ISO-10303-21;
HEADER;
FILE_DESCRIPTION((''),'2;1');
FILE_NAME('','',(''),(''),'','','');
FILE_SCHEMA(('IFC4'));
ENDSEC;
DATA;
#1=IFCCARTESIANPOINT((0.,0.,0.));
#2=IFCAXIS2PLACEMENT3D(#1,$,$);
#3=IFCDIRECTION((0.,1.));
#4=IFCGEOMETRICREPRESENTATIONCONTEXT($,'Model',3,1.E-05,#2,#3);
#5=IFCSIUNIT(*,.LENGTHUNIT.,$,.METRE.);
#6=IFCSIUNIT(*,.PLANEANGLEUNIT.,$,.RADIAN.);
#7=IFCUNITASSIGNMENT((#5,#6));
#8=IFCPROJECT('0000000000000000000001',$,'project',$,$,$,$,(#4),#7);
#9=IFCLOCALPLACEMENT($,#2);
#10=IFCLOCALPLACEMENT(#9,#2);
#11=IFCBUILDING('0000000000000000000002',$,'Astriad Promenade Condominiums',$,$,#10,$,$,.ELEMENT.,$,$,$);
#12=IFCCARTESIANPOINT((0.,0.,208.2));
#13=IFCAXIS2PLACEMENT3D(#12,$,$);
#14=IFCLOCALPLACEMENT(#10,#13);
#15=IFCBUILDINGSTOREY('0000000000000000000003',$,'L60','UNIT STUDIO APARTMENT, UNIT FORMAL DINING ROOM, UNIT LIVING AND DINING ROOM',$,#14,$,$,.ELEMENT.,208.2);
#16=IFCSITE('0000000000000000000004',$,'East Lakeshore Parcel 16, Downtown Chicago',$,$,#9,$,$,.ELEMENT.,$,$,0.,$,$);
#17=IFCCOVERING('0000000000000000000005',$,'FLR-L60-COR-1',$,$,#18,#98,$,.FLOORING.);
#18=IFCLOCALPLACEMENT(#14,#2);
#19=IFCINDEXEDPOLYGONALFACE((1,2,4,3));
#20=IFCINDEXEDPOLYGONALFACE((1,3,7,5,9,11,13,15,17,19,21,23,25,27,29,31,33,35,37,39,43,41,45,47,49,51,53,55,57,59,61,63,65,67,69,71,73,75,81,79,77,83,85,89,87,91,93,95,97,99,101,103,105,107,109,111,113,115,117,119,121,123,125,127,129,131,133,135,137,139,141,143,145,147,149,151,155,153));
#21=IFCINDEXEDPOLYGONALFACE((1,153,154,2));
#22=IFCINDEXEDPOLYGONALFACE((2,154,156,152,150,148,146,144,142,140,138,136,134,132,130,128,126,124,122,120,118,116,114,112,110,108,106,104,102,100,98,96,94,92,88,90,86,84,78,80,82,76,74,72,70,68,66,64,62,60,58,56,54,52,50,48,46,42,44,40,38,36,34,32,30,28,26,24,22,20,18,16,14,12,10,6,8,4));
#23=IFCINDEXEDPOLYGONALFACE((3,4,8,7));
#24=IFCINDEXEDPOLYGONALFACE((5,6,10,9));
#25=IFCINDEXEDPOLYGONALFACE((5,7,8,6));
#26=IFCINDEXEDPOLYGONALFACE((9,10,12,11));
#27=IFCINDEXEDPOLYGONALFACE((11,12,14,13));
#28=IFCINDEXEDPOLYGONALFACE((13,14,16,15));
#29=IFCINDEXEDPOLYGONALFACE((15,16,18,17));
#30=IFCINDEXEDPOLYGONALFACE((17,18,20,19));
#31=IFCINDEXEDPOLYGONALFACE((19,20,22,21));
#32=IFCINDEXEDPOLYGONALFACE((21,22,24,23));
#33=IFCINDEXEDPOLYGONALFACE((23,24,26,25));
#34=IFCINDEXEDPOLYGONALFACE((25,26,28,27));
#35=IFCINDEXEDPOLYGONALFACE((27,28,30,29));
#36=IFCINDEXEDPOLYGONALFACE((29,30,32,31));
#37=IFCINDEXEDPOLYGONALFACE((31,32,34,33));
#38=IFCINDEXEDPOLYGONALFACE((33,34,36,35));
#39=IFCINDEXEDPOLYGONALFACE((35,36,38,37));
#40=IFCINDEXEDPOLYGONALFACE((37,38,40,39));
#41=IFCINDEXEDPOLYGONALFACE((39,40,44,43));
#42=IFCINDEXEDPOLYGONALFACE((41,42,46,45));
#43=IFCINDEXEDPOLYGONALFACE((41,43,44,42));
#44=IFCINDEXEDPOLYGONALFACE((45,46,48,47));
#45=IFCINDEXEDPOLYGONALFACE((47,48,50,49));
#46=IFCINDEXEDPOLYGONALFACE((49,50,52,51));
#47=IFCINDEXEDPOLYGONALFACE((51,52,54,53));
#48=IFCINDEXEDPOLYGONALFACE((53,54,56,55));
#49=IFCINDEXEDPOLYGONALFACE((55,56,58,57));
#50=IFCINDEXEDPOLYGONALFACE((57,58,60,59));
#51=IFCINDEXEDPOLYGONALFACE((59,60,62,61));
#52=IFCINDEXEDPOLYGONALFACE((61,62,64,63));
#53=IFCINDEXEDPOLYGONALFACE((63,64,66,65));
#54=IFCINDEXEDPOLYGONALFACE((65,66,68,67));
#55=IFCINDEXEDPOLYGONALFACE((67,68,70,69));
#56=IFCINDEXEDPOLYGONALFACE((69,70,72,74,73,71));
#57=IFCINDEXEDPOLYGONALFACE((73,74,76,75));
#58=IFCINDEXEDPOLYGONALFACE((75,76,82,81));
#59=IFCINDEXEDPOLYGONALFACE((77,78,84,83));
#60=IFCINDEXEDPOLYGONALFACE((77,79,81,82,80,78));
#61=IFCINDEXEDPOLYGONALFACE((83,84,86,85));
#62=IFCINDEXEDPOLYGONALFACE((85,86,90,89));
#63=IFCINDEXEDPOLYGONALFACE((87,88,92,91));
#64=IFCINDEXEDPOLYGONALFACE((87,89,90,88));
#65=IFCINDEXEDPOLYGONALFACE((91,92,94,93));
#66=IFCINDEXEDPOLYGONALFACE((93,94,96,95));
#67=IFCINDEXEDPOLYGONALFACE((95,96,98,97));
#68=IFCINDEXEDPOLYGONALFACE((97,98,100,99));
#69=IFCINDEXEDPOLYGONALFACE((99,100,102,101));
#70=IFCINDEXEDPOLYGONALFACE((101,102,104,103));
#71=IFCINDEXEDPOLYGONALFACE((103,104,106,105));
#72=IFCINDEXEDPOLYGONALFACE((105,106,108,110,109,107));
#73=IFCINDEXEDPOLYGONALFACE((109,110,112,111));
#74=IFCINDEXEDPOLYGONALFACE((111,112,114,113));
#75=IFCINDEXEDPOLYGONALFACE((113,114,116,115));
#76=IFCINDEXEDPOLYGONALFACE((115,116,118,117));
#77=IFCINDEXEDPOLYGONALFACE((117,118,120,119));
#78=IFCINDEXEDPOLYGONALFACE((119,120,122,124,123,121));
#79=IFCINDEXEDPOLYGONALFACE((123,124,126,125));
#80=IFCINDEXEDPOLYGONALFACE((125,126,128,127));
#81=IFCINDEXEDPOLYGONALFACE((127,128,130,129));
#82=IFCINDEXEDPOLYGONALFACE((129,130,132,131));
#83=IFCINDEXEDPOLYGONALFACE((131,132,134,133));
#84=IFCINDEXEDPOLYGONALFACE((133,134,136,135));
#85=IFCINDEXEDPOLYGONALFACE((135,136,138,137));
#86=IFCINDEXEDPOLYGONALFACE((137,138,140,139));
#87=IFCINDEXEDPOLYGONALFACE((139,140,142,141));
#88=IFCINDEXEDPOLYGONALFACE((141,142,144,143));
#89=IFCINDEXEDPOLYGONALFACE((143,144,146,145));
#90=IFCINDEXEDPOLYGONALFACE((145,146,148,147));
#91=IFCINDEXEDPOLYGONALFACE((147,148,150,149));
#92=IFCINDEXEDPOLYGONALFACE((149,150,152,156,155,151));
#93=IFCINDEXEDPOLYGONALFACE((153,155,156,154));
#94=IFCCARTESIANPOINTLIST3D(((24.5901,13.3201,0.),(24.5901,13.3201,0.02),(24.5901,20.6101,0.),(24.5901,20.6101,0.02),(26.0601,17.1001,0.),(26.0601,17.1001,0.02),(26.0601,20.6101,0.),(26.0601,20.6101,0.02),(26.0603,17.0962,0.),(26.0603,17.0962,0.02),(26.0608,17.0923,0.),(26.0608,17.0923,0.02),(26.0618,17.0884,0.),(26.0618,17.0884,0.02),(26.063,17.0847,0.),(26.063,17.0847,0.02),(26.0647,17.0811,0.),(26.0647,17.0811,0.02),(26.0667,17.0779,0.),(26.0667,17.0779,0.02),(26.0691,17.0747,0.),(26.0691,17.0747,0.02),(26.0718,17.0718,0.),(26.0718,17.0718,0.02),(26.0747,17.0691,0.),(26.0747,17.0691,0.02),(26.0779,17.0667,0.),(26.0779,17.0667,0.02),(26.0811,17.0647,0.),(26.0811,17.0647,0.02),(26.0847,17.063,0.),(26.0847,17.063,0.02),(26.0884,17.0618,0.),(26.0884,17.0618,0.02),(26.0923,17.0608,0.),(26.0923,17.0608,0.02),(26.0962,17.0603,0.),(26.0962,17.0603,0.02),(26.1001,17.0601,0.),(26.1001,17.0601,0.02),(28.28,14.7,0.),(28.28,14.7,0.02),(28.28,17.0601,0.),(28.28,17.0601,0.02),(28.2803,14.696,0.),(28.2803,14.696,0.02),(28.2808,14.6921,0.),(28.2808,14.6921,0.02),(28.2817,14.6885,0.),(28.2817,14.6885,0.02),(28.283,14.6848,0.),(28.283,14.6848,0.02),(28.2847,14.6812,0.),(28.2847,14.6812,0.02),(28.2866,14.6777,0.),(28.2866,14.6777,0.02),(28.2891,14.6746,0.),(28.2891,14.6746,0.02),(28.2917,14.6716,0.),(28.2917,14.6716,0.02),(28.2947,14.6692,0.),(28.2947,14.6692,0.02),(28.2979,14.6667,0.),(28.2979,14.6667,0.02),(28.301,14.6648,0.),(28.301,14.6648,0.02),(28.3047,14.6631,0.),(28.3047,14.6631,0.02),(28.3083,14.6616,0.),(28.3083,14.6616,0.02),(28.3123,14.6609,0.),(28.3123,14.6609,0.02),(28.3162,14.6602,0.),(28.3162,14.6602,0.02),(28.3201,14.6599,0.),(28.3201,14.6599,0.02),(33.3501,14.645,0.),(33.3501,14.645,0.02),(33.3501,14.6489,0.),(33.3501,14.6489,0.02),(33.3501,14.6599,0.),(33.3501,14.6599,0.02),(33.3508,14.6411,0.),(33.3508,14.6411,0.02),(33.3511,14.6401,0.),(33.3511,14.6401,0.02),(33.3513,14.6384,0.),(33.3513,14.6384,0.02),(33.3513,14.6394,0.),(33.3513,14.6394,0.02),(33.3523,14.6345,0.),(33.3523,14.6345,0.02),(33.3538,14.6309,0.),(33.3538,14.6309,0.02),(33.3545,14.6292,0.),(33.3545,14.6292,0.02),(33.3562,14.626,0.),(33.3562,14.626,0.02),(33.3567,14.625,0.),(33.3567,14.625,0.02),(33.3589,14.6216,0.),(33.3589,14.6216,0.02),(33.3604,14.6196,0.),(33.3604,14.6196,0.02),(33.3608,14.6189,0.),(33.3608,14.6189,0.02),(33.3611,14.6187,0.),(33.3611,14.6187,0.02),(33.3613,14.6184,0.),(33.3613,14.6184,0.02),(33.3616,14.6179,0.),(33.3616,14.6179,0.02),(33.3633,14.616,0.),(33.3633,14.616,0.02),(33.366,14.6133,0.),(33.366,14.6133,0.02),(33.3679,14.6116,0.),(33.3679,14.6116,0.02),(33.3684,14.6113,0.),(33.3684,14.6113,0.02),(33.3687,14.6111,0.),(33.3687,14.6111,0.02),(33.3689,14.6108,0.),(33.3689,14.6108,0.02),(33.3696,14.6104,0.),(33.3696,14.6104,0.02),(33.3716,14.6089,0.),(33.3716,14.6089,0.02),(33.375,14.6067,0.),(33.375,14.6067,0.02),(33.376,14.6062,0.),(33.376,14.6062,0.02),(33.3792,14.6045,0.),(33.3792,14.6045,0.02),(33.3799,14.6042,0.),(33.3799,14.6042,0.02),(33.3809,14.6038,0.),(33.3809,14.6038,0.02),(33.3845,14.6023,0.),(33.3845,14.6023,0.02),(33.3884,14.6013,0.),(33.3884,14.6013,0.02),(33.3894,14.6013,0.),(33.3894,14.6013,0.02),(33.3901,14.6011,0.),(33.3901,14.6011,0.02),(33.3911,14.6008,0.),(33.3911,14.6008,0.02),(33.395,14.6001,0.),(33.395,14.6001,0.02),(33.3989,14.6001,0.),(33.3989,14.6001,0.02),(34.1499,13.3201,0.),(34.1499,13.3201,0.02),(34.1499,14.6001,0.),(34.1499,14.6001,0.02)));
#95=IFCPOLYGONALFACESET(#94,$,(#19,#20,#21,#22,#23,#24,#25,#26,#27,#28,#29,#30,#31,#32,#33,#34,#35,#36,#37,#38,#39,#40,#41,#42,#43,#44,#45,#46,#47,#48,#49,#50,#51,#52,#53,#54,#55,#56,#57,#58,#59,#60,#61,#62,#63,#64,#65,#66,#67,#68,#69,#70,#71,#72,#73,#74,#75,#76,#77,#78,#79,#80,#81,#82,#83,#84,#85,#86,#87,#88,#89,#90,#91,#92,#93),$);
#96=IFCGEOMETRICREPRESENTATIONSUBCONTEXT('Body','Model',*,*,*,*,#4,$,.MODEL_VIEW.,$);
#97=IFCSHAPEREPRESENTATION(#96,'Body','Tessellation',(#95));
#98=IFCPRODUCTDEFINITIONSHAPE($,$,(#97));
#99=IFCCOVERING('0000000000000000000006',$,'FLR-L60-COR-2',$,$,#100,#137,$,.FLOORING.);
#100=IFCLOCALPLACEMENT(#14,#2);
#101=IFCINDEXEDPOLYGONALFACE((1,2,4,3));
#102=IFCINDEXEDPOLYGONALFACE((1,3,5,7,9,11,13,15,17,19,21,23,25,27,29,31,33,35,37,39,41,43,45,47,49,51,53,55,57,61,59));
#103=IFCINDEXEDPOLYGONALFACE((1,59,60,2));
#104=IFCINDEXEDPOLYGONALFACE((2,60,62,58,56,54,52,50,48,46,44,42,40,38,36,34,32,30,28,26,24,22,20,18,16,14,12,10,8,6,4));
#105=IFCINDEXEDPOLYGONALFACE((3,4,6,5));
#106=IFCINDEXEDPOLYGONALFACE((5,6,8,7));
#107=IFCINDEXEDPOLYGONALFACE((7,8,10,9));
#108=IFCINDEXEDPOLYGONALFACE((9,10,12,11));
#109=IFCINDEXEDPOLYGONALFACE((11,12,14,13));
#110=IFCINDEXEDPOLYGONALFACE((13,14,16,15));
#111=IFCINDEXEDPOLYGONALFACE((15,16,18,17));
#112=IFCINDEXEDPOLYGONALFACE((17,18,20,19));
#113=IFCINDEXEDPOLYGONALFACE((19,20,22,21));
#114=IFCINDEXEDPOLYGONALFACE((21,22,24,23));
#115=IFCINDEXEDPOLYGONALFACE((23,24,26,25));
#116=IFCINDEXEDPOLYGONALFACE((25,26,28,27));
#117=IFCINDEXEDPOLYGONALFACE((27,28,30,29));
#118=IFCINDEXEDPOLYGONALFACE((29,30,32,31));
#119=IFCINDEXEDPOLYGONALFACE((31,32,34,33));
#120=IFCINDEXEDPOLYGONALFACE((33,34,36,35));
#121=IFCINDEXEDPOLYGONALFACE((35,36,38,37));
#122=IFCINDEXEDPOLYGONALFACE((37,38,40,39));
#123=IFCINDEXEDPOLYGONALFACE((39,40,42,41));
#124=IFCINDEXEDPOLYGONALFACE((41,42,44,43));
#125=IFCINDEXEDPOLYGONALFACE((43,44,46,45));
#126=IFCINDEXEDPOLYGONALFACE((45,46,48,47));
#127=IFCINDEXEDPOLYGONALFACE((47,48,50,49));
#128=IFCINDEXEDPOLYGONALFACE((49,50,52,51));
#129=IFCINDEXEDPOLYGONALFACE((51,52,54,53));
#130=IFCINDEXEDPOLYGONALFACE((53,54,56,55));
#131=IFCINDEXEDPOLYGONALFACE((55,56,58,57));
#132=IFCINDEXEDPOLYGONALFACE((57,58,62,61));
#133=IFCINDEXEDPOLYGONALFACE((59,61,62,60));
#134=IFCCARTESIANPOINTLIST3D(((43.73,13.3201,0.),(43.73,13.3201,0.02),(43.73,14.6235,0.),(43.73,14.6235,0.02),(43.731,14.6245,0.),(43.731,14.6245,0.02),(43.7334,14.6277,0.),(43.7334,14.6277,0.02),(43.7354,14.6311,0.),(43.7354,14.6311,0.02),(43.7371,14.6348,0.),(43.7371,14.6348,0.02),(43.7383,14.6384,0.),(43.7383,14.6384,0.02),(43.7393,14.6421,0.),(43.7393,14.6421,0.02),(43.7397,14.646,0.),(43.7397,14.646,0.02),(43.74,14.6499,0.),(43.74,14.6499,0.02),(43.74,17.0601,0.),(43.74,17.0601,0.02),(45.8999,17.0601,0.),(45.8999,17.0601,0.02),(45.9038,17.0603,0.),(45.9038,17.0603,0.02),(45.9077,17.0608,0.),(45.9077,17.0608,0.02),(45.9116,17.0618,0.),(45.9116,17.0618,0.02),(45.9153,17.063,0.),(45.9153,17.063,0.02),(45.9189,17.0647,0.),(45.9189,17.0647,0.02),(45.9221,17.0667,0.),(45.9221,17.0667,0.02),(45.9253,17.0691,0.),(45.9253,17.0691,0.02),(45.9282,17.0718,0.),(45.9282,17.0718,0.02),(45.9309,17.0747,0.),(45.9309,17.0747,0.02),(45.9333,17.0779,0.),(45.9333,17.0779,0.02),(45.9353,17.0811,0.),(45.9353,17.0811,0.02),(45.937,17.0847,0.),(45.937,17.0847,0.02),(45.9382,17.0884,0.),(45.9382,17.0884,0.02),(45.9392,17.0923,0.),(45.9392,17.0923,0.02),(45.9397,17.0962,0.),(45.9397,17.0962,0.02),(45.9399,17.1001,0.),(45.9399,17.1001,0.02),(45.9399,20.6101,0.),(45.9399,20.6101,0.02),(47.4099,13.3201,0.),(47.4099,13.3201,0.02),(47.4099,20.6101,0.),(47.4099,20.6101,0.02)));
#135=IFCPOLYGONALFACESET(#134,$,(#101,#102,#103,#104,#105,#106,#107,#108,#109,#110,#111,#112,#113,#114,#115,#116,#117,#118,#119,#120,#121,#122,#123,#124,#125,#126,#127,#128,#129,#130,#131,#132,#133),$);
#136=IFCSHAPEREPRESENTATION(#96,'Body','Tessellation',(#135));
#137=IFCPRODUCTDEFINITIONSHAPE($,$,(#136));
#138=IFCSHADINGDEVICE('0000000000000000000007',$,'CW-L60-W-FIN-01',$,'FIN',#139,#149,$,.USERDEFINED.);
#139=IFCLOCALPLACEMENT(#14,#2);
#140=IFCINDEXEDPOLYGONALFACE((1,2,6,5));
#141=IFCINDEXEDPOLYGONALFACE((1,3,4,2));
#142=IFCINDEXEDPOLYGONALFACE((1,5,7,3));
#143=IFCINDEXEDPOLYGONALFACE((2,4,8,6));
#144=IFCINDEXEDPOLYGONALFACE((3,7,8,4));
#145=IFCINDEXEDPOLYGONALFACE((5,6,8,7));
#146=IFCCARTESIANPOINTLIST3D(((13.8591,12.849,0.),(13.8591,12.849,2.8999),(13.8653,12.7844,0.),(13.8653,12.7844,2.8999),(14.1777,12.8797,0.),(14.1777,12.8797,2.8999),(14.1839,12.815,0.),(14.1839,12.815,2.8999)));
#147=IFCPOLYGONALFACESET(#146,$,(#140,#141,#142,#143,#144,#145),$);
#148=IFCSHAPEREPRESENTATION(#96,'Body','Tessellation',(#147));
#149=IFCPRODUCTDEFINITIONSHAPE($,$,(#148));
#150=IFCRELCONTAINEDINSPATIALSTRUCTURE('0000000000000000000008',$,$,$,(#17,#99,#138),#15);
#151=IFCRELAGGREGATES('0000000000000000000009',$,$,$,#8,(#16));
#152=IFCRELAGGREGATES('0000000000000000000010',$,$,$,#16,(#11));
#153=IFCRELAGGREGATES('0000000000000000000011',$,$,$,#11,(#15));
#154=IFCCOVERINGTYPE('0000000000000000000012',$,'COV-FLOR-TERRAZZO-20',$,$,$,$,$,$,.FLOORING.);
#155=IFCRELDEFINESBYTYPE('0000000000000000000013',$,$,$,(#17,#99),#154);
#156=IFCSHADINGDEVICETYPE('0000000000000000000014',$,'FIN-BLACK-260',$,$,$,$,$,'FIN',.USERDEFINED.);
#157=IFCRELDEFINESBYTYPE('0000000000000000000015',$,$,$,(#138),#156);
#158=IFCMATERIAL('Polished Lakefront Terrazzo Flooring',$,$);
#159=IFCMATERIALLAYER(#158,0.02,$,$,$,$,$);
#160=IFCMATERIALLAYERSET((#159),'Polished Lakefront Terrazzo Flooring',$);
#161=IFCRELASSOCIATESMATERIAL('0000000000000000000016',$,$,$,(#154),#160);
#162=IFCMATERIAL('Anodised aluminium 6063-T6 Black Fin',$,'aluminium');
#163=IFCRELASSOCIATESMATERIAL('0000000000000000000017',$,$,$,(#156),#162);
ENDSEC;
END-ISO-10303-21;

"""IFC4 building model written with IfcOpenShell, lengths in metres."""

from ifc_helpers import new_model, si_unit, direction, frame, origin, origin_2d, place, context, subcontext, project, spatial, polyline, rectangle, outline, extrude, source, transform, mapped, material, layer, layer_set, type_object, type_shapes, element, save


model = new_model("IFC4")

# Units and contexts
model_context = context("Model", 3, precision=1e-05, world=origin(), true_north=direction((0.0, 1.0)))
body_context = subcontext(model_context, "Body", "Model", "MODEL_VIEW")
ifc_project = project(units=[si_unit("LENGTHUNIT", "METRE"), si_unit("PLANEANGLEUNIT", "RADIAN")], contexts=[model_context])

# Site, building, storey
site_placement = place(None, origin())
site = spatial("IfcSite", under=ifc_project, at=site_placement, Name="East Lakeshore Parcel 16, Downtown Chicago", CompositionType="ELEMENT", RefElevation=0.0)
building_placement = place(site_placement, origin())
building = spatial("IfcBuilding", under=site, at=building_placement, Name="Astriad Promenade Condominiums", CompositionType="ELEMENT")
storey_placement = place(building_placement, frame((0.0, 0.0, 208.2)))
storey = spatial("IfcBuildingStorey", under=building, at=storey_placement, Name="L60", Description="UNIT STUDIO APARTMENT, UNIT FORMAL DINING ROOM, UNIT LIVING AND DINING ROOM", CompositionType="ELEMENT", Elevation=208.2)

# Coverings
ifc_material_1 = material(Name="Polished Lakefront Terrazzo Flooring")
ifc_layer_1 = layer(ifc_material_1, 0.02)
ifc_layer_set_1 = layer_set([ifc_layer_1], Name="Polished Lakefront Terrazzo Flooring")
covering_type = type_object("IfcCoveringType", Name="COV-FLOR-TERRAZZO-20", PredefinedType="FLOORING", material=ifc_layer_set_1)
covering_1_placement = place(storey_placement, origin())
element("IfcCovering", 1, at=covering_1_placement, inside=storey, type_object=covering_type, Name="FLR-L60-COR-1", PredefinedType="FLOORING", context=body_context, shape_type="SweptSolid", body=[
    extrude(outline(polyline([(24.5901, 20.6101), (26.0601, 20.6101), (26.0601, 17.1001), (26.0603, 17.0962), (26.0608, 17.0923), (26.0618, 17.0884), (26.063, 17.0847), (26.0647, 17.0811), (26.0667, 17.0779), (26.0691, 17.0747), (26.0718, 17.0718), (26.0747, 17.0691), (26.0779, 17.0667), (26.0811, 17.0647), (26.0847, 17.063), (26.0884, 17.0618), (26.0923, 17.0608), (26.0962, 17.0603), (26.1001, 17.0601), (28.28, 17.0601), (28.28, 14.7), (28.2803, 14.696), (28.2808, 14.6921), (28.2817, 14.6885), (28.283, 14.6848), (28.2847, 14.6812), (28.2866, 14.6777), (28.2891, 14.6746), (28.2917, 14.6716), (28.2947, 14.6692), (28.2979, 14.6667), (28.301, 14.6648), (28.3047, 14.6631), (28.3083, 14.6616), (28.3123, 14.6609), (28.3162, 14.6602), (28.3201, 14.6599), (33.3501, 14.6599), (33.3501, 14.6489), (33.3501, 14.645), (33.3508, 14.6411), (33.3511, 14.6401), (33.3513, 14.6394), (33.3513, 14.6384), (33.3523, 14.6345), (33.3538, 14.6309), (33.3545, 14.6292), (33.3562, 14.626), (33.3567, 14.625), (33.3589, 14.6216), (33.3604, 14.6196), (33.3608, 14.6189), (33.3611, 14.6187), (33.3613, 14.6184), (33.3616, 14.6179), (33.3633, 14.616), (33.366, 14.6133), (33.3679, 14.6116), (33.3684, 14.6113), (33.3687, 14.6111), (33.3689, 14.6108), (33.3696, 14.6104), (33.3716, 14.6089), (33.375, 14.6067), (33.376, 14.6062), (33.3792, 14.6045), (33.3799, 14.6042), (33.3809, 14.6038), (33.3845, 14.6023), (33.3884, 14.6013), (33.3894, 14.6013), (33.3901, 14.6011), (33.3911, 14.6008), (33.395, 14.6001), (33.3989, 14.6001), (34.1499, 14.6001), (34.1499, 13.3201), (24.5901, 13.3201), (24.5901, 20.6101)])), origin(), (0.0, 0.0, 1.0), 0.02),
])
covering_2_placement = place(storey_placement, origin())
element("IfcCovering", 2, at=covering_2_placement, inside=storey, type_object=covering_type, Name="FLR-L60-COR-2", PredefinedType="FLOORING", context=body_context, shape_type="SweptSolid", body=[
    extrude(outline(polyline([(43.73, 14.6235), (43.731, 14.6245), (43.7334, 14.6277), (43.7354, 14.6311), (43.7371, 14.6348), (43.7383, 14.6384), (43.7393, 14.6421), (43.7397, 14.646), (43.74, 14.6499), (43.74, 17.0601), (45.8999, 17.0601), (45.9038, 17.0603), (45.9077, 17.0608), (45.9116, 17.0618), (45.9153, 17.063), (45.9189, 17.0647), (45.9221, 17.0667), (45.9253, 17.0691), (45.9282, 17.0718), (45.9309, 17.0747), (45.9333, 17.0779), (45.9353, 17.0811), (45.937, 17.0847), (45.9382, 17.0884), (45.9392, 17.0923), (45.9397, 17.0962), (45.9399, 17.1001), (45.9399, 20.6101), (47.4099, 20.6101), (47.4099, 13.3201), (43.73, 13.3201), (43.73, 14.6235)])), origin(), (0.0, 0.0, 1.0), 0.02),
])

# Shading device
ifc_material_2 = material(Name="Anodised aluminium 6063-T6 Black Fin", Category="aluminium")
shading_device_type = type_object("IfcShadingDeviceType", Name="FIN-BLACK-260", ElementType="FIN", PredefinedType="USERDEFINED", material=ifc_material_2)
shared_shape_1 = source(origin(), body_context, "Body", "SweptSolid", [
    extrude(rectangle(XDim=0.0649, YDim=0.3201, at=origin_2d()), origin(), (0.0, 0.0, 1.0), 2.8999),
])
type_shapes(shading_device_type, [shared_shape_1])
shading_device_placement = place(storey_placement, frame((14.0215, 12.832, 0.0), z_axis=(0.0, 0.0, 1.0), x_axis=(-0.095846, 0.995396, 0.0)))
element("IfcShadingDevice", 3, at=shading_device_placement, inside=storey, type_object=shading_device_type, Name="CW-L60-W-FIN-01", ObjectType="FIN", PredefinedType="USERDEFINED", context=body_context, shape_type="MappedRepresentation", body=[
    mapped(shared_shape_1, transform((0.0, 0.0, 0.0), scale=1.0)),
])

save(model, "model.ifc")
